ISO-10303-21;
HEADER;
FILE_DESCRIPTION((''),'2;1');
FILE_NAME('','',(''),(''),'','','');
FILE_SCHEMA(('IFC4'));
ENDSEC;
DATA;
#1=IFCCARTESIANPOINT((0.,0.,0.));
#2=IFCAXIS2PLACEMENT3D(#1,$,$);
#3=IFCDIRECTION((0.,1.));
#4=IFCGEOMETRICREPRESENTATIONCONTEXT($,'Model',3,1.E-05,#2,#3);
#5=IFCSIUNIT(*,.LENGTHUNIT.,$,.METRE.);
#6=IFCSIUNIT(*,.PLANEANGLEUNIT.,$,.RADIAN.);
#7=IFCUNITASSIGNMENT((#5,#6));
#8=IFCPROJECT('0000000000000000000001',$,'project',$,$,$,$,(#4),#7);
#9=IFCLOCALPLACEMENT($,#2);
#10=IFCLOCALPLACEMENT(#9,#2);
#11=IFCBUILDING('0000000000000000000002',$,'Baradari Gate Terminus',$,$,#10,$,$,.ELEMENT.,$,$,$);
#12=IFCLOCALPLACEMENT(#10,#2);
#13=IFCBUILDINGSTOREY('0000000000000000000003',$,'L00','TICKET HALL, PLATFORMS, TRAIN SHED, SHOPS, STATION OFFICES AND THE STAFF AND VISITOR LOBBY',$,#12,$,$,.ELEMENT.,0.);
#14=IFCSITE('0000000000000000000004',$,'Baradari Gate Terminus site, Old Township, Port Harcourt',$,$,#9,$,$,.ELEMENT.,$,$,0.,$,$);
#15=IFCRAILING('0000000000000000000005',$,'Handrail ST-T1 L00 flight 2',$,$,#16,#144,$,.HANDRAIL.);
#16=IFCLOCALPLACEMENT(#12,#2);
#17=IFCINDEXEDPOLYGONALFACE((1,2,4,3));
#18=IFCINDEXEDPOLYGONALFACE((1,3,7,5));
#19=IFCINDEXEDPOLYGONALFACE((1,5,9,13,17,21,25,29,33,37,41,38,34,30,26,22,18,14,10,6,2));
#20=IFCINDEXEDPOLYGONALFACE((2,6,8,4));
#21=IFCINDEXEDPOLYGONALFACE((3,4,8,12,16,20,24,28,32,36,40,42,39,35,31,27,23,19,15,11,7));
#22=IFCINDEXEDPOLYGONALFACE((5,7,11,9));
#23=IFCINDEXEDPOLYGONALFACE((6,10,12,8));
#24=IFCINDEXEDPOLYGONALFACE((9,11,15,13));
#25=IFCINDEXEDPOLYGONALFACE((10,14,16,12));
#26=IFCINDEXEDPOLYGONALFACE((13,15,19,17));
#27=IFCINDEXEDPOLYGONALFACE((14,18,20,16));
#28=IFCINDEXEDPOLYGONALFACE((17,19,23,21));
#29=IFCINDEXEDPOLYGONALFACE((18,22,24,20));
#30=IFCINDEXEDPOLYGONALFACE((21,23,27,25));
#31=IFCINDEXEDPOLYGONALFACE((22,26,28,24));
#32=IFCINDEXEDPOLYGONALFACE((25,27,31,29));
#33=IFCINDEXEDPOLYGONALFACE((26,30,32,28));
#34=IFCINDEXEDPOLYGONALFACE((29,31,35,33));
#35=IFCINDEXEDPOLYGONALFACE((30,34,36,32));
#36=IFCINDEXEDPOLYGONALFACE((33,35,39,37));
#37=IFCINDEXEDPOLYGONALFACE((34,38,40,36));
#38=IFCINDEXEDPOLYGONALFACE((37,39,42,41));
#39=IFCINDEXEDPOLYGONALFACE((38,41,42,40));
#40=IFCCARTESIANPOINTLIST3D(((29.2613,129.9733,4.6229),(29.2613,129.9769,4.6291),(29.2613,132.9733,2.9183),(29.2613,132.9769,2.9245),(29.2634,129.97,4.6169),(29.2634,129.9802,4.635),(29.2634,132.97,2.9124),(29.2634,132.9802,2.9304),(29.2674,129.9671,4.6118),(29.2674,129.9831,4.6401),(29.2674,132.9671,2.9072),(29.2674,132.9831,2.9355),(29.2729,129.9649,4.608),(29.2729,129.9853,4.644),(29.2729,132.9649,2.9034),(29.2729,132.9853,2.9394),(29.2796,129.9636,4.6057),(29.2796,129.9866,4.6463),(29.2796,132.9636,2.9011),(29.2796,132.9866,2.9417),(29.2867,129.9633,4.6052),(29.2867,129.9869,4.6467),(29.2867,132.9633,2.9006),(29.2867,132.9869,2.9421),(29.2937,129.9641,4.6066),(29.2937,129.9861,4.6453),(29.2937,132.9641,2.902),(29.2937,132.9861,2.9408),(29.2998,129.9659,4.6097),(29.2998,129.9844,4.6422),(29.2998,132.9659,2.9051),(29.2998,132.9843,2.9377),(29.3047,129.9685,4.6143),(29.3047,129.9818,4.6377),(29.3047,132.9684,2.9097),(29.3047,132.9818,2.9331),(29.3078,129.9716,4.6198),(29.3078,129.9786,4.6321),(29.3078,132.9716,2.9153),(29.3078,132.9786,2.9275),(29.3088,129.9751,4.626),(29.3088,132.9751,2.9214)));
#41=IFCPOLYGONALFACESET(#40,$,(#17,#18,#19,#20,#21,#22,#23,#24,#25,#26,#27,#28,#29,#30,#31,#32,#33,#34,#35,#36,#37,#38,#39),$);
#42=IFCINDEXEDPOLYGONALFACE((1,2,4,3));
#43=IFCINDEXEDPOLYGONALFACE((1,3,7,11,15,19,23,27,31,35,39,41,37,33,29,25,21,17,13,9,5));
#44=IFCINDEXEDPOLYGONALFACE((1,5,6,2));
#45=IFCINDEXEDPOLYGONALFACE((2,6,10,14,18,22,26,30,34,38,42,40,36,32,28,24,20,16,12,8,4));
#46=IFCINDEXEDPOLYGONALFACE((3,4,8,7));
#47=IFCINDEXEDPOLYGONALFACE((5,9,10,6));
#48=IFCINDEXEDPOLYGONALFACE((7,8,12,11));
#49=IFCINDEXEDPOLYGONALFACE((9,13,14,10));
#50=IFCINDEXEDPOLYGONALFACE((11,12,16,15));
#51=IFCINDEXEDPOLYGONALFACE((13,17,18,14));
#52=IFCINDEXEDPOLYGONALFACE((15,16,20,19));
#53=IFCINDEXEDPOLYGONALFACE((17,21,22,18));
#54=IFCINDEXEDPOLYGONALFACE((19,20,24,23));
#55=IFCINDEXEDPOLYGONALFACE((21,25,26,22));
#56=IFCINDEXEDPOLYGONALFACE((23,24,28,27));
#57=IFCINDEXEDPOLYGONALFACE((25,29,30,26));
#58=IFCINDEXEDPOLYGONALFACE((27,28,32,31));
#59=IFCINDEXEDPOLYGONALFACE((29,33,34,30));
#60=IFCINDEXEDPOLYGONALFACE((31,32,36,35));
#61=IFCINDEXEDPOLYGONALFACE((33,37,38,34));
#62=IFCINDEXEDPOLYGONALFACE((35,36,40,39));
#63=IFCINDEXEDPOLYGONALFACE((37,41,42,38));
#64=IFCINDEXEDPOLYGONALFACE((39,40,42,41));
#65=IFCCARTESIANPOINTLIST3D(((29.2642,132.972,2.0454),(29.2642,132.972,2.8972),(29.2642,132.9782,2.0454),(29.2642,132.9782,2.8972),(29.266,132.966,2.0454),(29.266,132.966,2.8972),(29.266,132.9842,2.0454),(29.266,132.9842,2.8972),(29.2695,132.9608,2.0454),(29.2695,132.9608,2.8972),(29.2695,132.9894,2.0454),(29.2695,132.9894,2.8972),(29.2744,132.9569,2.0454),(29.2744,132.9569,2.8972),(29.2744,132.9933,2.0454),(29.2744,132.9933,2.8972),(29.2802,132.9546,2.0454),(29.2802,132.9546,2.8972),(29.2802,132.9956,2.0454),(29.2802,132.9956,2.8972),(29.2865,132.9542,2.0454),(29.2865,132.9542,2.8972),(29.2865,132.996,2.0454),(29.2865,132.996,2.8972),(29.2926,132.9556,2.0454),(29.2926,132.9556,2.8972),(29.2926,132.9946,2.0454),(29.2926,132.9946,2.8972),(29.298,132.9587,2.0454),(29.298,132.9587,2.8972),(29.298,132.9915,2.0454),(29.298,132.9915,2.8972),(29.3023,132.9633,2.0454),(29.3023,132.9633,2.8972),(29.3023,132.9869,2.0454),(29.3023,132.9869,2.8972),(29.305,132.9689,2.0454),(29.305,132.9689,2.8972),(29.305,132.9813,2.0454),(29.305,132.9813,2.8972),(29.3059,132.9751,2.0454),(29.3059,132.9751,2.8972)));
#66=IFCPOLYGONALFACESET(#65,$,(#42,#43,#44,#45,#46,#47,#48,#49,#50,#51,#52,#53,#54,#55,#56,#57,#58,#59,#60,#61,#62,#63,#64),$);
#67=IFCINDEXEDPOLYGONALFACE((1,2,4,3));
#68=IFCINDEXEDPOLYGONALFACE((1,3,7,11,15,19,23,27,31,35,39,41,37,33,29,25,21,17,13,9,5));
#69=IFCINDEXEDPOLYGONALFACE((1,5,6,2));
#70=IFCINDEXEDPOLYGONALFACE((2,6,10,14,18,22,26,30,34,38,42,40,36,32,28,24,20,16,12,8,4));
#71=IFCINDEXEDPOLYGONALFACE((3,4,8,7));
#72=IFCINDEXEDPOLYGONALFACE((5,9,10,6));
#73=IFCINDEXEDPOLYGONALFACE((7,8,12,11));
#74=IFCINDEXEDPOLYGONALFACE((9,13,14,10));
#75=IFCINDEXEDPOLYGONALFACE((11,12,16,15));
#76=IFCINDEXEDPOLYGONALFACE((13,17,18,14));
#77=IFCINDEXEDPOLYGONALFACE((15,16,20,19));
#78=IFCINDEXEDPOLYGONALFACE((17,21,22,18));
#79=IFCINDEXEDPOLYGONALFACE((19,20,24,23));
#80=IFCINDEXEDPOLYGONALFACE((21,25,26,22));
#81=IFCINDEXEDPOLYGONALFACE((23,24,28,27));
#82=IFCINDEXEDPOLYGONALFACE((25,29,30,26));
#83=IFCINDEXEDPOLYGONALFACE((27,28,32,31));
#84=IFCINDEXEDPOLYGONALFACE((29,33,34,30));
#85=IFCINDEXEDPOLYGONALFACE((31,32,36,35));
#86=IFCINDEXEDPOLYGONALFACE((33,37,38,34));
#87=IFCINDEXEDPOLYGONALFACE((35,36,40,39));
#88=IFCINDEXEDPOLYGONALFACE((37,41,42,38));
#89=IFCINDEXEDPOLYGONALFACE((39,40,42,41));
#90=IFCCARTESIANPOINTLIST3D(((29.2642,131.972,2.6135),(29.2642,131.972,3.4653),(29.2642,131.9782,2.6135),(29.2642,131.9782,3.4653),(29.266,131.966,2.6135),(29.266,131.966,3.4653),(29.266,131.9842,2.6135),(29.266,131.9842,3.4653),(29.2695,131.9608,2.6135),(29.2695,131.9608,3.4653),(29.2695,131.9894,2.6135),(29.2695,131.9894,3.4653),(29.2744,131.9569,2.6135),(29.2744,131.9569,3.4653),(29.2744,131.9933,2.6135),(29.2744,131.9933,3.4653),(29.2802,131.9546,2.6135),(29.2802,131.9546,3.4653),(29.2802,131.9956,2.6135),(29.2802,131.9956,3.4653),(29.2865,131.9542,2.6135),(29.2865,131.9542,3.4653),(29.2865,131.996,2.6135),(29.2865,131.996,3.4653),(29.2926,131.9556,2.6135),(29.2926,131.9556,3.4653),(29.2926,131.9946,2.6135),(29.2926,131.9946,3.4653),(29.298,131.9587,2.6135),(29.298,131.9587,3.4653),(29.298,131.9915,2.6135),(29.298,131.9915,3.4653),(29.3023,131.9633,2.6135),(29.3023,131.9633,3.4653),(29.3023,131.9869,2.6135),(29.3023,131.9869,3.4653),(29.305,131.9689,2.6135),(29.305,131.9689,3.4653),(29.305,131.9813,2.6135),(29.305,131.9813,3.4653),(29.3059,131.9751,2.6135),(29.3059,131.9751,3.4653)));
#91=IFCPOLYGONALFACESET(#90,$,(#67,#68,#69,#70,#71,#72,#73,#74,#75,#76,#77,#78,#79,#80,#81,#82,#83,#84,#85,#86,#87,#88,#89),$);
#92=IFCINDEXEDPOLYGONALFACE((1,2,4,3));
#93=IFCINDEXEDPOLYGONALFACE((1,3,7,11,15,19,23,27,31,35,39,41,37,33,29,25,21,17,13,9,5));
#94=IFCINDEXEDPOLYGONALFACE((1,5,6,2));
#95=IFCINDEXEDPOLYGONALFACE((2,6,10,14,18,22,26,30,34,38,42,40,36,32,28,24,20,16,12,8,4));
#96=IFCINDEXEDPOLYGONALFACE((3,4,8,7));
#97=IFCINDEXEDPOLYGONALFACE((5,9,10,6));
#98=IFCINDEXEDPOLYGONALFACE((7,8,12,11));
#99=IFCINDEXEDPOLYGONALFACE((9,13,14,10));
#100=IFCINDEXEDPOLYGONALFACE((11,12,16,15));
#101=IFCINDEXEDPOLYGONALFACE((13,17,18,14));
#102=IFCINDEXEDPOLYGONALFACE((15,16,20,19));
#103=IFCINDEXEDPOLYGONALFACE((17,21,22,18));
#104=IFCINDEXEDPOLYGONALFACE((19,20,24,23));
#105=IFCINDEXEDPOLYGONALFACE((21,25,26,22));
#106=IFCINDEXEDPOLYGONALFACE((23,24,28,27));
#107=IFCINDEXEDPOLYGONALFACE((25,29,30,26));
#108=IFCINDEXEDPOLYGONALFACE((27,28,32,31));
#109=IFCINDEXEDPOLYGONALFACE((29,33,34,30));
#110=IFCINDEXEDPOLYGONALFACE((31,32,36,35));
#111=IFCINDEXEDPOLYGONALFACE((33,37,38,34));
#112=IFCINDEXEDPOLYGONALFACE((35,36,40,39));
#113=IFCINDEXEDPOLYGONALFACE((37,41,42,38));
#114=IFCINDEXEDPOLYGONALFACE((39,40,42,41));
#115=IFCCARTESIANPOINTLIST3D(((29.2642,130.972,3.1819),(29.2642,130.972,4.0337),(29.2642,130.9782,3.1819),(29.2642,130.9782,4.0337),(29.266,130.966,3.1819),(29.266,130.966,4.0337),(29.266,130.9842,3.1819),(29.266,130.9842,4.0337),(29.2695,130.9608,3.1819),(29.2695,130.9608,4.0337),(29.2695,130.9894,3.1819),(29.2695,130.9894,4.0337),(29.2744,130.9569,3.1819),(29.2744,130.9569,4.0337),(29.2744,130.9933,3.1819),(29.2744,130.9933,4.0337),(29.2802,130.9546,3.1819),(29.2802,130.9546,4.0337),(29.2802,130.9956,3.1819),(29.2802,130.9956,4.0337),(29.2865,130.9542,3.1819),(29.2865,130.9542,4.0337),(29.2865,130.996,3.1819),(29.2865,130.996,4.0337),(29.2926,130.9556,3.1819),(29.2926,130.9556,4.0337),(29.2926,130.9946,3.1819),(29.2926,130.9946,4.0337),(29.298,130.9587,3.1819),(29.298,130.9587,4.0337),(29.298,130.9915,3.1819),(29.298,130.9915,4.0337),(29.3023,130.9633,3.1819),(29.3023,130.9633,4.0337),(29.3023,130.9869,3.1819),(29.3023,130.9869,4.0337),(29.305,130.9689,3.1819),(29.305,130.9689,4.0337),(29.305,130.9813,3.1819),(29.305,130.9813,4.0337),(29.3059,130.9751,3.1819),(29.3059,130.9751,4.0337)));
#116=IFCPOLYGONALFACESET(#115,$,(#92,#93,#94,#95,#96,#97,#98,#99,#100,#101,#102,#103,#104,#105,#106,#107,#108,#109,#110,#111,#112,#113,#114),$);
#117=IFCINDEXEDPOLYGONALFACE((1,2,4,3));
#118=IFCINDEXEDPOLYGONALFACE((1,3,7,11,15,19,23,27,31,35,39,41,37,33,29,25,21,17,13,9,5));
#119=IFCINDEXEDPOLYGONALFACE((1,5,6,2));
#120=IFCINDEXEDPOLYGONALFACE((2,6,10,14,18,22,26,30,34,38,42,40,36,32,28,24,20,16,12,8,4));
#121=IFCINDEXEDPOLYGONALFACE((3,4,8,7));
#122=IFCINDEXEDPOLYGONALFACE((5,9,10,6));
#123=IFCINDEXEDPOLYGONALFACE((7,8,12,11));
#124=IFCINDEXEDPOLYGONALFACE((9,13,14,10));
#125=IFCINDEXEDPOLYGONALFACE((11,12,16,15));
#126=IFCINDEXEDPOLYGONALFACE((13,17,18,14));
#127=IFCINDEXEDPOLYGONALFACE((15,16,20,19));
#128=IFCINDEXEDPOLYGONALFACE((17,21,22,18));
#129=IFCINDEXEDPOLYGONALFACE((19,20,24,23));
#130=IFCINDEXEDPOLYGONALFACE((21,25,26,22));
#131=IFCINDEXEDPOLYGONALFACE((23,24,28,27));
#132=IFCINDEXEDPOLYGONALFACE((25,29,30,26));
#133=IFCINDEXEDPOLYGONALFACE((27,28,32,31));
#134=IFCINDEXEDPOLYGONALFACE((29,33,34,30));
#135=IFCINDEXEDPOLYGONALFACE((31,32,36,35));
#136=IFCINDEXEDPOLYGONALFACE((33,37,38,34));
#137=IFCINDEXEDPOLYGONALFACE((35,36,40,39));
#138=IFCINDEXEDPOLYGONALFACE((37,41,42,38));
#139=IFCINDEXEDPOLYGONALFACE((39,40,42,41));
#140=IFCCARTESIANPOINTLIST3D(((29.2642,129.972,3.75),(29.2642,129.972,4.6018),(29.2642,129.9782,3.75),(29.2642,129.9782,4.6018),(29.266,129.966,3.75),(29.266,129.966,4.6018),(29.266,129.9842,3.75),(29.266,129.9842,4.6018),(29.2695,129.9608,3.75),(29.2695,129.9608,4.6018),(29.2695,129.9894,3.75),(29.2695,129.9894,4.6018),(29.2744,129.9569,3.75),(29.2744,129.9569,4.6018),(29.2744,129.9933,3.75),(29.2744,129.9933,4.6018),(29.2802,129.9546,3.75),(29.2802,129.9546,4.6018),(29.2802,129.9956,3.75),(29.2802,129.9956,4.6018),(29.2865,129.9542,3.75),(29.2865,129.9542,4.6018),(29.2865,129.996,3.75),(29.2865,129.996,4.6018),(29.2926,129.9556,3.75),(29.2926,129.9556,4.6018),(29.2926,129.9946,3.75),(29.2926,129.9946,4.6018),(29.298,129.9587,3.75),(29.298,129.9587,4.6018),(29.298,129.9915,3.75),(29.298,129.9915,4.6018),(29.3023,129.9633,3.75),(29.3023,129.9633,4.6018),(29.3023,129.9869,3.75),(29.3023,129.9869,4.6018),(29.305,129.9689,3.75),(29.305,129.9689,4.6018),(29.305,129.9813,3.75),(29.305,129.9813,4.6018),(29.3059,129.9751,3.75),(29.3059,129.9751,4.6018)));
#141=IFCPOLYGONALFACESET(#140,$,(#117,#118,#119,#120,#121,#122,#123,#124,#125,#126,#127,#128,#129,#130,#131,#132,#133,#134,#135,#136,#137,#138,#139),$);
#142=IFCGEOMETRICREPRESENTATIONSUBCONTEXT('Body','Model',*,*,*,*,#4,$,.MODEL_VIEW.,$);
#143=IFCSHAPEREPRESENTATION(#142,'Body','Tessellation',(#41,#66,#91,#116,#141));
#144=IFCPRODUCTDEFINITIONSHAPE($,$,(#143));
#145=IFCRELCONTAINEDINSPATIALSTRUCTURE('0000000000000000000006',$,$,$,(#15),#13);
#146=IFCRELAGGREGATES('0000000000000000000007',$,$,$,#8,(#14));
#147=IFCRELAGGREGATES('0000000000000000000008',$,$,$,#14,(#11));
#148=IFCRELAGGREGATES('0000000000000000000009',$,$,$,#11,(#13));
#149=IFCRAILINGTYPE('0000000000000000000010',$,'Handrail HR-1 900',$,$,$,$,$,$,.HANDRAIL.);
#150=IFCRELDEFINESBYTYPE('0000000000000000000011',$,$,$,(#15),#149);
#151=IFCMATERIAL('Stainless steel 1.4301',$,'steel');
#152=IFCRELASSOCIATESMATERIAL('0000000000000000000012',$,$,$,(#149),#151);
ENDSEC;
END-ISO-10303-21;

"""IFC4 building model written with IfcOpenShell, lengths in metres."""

from ifc_helpers import new_model, si_unit, direction, frame, origin, origin_2d, place, context, subcontext, project, spatial, circle, extrude, material, type_object, element, save


model = new_model("IFC4")

# Units and contexts
model_context = context("Model", 3, precision=1e-05, world=origin(), true_north=direction((0.0, 1.0)))
body_context = subcontext(model_context, "Body", "Model", "MODEL_VIEW")
ifc_project = project(units=[si_unit("LENGTHUNIT", "METRE"), si_unit("PLANEANGLEUNIT", "RADIAN")], contexts=[model_context])

# Site, building, storey
site_placement = place(None, origin())
site = spatial("IfcSite", under=ifc_project, at=site_placement, Name="Baradari Gate Terminus site, Old Township, Port Harcourt", CompositionType="ELEMENT", RefElevation=0.0)
building_placement = place(site_placement, origin())
building = spatial("IfcBuilding", under=site, at=building_placement, Name="Baradari Gate Terminus", CompositionType="ELEMENT")
storey_placement = place(building_placement, origin())
storey = spatial("IfcBuildingStorey", under=building, at=storey_placement, Name="L00", Description="TICKET HALL, PLATFORMS, TRAIN SHED, SHOPS, STATION OFFICES AND THE STAFF AND VISITOR LOBBY", CompositionType="ELEMENT", Elevation=0.0)

# Railing
ifc_material_1 = material(Name="Stainless steel 1.4301", Category="steel")
railing_type_1 = type_object("IfcRailingType", Name="Handrail HR-1 900", PredefinedType="HANDRAIL", material=ifc_material_1)
for number, where, name in (
    (1, (29.2849, 132.9751, 2.0454), "Handrail ST-T1 L00 flight 2"),
):
    element("IfcRailing", number, at=place(storey_placement, frame(where)), inside=storey, type_object=railing_type_1, Name=name, PredefinedType="HANDRAIL", context=body_context, shape_type="SweptSolid", body=[
        extrude(circle(Radius=0.0239, at=origin_2d()), frame((0.0, 0.0, 0.876), z_axis=(0.0, -0.869451, 0.494019), x_axis=(1.0, 0.0, 0.0)), (0.0, 0.0, 1.0), 3.4504),
        extrude(circle(Radius=0.021, at=origin_2d()), origin(), (0.0, 0.0, 1.0), 0.8518),
        extrude(circle(Radius=0.021, at=origin_2d()), frame((0.0, -1.0, 0.5681)), (0.0, 0.0, 1.0), 0.8518),
        extrude(circle(Radius=0.021, at=origin_2d()), frame((0.0, -2.0, 1.1365)), (0.0, 0.0, 1.0), 0.8518),
        extrude(circle(Radius=0.021, at=origin_2d()), frame((0.0, -3.0, 1.7046)), (0.0, 0.0, 1.0), 0.8518),
    ])

save(model, "model.ifc")
